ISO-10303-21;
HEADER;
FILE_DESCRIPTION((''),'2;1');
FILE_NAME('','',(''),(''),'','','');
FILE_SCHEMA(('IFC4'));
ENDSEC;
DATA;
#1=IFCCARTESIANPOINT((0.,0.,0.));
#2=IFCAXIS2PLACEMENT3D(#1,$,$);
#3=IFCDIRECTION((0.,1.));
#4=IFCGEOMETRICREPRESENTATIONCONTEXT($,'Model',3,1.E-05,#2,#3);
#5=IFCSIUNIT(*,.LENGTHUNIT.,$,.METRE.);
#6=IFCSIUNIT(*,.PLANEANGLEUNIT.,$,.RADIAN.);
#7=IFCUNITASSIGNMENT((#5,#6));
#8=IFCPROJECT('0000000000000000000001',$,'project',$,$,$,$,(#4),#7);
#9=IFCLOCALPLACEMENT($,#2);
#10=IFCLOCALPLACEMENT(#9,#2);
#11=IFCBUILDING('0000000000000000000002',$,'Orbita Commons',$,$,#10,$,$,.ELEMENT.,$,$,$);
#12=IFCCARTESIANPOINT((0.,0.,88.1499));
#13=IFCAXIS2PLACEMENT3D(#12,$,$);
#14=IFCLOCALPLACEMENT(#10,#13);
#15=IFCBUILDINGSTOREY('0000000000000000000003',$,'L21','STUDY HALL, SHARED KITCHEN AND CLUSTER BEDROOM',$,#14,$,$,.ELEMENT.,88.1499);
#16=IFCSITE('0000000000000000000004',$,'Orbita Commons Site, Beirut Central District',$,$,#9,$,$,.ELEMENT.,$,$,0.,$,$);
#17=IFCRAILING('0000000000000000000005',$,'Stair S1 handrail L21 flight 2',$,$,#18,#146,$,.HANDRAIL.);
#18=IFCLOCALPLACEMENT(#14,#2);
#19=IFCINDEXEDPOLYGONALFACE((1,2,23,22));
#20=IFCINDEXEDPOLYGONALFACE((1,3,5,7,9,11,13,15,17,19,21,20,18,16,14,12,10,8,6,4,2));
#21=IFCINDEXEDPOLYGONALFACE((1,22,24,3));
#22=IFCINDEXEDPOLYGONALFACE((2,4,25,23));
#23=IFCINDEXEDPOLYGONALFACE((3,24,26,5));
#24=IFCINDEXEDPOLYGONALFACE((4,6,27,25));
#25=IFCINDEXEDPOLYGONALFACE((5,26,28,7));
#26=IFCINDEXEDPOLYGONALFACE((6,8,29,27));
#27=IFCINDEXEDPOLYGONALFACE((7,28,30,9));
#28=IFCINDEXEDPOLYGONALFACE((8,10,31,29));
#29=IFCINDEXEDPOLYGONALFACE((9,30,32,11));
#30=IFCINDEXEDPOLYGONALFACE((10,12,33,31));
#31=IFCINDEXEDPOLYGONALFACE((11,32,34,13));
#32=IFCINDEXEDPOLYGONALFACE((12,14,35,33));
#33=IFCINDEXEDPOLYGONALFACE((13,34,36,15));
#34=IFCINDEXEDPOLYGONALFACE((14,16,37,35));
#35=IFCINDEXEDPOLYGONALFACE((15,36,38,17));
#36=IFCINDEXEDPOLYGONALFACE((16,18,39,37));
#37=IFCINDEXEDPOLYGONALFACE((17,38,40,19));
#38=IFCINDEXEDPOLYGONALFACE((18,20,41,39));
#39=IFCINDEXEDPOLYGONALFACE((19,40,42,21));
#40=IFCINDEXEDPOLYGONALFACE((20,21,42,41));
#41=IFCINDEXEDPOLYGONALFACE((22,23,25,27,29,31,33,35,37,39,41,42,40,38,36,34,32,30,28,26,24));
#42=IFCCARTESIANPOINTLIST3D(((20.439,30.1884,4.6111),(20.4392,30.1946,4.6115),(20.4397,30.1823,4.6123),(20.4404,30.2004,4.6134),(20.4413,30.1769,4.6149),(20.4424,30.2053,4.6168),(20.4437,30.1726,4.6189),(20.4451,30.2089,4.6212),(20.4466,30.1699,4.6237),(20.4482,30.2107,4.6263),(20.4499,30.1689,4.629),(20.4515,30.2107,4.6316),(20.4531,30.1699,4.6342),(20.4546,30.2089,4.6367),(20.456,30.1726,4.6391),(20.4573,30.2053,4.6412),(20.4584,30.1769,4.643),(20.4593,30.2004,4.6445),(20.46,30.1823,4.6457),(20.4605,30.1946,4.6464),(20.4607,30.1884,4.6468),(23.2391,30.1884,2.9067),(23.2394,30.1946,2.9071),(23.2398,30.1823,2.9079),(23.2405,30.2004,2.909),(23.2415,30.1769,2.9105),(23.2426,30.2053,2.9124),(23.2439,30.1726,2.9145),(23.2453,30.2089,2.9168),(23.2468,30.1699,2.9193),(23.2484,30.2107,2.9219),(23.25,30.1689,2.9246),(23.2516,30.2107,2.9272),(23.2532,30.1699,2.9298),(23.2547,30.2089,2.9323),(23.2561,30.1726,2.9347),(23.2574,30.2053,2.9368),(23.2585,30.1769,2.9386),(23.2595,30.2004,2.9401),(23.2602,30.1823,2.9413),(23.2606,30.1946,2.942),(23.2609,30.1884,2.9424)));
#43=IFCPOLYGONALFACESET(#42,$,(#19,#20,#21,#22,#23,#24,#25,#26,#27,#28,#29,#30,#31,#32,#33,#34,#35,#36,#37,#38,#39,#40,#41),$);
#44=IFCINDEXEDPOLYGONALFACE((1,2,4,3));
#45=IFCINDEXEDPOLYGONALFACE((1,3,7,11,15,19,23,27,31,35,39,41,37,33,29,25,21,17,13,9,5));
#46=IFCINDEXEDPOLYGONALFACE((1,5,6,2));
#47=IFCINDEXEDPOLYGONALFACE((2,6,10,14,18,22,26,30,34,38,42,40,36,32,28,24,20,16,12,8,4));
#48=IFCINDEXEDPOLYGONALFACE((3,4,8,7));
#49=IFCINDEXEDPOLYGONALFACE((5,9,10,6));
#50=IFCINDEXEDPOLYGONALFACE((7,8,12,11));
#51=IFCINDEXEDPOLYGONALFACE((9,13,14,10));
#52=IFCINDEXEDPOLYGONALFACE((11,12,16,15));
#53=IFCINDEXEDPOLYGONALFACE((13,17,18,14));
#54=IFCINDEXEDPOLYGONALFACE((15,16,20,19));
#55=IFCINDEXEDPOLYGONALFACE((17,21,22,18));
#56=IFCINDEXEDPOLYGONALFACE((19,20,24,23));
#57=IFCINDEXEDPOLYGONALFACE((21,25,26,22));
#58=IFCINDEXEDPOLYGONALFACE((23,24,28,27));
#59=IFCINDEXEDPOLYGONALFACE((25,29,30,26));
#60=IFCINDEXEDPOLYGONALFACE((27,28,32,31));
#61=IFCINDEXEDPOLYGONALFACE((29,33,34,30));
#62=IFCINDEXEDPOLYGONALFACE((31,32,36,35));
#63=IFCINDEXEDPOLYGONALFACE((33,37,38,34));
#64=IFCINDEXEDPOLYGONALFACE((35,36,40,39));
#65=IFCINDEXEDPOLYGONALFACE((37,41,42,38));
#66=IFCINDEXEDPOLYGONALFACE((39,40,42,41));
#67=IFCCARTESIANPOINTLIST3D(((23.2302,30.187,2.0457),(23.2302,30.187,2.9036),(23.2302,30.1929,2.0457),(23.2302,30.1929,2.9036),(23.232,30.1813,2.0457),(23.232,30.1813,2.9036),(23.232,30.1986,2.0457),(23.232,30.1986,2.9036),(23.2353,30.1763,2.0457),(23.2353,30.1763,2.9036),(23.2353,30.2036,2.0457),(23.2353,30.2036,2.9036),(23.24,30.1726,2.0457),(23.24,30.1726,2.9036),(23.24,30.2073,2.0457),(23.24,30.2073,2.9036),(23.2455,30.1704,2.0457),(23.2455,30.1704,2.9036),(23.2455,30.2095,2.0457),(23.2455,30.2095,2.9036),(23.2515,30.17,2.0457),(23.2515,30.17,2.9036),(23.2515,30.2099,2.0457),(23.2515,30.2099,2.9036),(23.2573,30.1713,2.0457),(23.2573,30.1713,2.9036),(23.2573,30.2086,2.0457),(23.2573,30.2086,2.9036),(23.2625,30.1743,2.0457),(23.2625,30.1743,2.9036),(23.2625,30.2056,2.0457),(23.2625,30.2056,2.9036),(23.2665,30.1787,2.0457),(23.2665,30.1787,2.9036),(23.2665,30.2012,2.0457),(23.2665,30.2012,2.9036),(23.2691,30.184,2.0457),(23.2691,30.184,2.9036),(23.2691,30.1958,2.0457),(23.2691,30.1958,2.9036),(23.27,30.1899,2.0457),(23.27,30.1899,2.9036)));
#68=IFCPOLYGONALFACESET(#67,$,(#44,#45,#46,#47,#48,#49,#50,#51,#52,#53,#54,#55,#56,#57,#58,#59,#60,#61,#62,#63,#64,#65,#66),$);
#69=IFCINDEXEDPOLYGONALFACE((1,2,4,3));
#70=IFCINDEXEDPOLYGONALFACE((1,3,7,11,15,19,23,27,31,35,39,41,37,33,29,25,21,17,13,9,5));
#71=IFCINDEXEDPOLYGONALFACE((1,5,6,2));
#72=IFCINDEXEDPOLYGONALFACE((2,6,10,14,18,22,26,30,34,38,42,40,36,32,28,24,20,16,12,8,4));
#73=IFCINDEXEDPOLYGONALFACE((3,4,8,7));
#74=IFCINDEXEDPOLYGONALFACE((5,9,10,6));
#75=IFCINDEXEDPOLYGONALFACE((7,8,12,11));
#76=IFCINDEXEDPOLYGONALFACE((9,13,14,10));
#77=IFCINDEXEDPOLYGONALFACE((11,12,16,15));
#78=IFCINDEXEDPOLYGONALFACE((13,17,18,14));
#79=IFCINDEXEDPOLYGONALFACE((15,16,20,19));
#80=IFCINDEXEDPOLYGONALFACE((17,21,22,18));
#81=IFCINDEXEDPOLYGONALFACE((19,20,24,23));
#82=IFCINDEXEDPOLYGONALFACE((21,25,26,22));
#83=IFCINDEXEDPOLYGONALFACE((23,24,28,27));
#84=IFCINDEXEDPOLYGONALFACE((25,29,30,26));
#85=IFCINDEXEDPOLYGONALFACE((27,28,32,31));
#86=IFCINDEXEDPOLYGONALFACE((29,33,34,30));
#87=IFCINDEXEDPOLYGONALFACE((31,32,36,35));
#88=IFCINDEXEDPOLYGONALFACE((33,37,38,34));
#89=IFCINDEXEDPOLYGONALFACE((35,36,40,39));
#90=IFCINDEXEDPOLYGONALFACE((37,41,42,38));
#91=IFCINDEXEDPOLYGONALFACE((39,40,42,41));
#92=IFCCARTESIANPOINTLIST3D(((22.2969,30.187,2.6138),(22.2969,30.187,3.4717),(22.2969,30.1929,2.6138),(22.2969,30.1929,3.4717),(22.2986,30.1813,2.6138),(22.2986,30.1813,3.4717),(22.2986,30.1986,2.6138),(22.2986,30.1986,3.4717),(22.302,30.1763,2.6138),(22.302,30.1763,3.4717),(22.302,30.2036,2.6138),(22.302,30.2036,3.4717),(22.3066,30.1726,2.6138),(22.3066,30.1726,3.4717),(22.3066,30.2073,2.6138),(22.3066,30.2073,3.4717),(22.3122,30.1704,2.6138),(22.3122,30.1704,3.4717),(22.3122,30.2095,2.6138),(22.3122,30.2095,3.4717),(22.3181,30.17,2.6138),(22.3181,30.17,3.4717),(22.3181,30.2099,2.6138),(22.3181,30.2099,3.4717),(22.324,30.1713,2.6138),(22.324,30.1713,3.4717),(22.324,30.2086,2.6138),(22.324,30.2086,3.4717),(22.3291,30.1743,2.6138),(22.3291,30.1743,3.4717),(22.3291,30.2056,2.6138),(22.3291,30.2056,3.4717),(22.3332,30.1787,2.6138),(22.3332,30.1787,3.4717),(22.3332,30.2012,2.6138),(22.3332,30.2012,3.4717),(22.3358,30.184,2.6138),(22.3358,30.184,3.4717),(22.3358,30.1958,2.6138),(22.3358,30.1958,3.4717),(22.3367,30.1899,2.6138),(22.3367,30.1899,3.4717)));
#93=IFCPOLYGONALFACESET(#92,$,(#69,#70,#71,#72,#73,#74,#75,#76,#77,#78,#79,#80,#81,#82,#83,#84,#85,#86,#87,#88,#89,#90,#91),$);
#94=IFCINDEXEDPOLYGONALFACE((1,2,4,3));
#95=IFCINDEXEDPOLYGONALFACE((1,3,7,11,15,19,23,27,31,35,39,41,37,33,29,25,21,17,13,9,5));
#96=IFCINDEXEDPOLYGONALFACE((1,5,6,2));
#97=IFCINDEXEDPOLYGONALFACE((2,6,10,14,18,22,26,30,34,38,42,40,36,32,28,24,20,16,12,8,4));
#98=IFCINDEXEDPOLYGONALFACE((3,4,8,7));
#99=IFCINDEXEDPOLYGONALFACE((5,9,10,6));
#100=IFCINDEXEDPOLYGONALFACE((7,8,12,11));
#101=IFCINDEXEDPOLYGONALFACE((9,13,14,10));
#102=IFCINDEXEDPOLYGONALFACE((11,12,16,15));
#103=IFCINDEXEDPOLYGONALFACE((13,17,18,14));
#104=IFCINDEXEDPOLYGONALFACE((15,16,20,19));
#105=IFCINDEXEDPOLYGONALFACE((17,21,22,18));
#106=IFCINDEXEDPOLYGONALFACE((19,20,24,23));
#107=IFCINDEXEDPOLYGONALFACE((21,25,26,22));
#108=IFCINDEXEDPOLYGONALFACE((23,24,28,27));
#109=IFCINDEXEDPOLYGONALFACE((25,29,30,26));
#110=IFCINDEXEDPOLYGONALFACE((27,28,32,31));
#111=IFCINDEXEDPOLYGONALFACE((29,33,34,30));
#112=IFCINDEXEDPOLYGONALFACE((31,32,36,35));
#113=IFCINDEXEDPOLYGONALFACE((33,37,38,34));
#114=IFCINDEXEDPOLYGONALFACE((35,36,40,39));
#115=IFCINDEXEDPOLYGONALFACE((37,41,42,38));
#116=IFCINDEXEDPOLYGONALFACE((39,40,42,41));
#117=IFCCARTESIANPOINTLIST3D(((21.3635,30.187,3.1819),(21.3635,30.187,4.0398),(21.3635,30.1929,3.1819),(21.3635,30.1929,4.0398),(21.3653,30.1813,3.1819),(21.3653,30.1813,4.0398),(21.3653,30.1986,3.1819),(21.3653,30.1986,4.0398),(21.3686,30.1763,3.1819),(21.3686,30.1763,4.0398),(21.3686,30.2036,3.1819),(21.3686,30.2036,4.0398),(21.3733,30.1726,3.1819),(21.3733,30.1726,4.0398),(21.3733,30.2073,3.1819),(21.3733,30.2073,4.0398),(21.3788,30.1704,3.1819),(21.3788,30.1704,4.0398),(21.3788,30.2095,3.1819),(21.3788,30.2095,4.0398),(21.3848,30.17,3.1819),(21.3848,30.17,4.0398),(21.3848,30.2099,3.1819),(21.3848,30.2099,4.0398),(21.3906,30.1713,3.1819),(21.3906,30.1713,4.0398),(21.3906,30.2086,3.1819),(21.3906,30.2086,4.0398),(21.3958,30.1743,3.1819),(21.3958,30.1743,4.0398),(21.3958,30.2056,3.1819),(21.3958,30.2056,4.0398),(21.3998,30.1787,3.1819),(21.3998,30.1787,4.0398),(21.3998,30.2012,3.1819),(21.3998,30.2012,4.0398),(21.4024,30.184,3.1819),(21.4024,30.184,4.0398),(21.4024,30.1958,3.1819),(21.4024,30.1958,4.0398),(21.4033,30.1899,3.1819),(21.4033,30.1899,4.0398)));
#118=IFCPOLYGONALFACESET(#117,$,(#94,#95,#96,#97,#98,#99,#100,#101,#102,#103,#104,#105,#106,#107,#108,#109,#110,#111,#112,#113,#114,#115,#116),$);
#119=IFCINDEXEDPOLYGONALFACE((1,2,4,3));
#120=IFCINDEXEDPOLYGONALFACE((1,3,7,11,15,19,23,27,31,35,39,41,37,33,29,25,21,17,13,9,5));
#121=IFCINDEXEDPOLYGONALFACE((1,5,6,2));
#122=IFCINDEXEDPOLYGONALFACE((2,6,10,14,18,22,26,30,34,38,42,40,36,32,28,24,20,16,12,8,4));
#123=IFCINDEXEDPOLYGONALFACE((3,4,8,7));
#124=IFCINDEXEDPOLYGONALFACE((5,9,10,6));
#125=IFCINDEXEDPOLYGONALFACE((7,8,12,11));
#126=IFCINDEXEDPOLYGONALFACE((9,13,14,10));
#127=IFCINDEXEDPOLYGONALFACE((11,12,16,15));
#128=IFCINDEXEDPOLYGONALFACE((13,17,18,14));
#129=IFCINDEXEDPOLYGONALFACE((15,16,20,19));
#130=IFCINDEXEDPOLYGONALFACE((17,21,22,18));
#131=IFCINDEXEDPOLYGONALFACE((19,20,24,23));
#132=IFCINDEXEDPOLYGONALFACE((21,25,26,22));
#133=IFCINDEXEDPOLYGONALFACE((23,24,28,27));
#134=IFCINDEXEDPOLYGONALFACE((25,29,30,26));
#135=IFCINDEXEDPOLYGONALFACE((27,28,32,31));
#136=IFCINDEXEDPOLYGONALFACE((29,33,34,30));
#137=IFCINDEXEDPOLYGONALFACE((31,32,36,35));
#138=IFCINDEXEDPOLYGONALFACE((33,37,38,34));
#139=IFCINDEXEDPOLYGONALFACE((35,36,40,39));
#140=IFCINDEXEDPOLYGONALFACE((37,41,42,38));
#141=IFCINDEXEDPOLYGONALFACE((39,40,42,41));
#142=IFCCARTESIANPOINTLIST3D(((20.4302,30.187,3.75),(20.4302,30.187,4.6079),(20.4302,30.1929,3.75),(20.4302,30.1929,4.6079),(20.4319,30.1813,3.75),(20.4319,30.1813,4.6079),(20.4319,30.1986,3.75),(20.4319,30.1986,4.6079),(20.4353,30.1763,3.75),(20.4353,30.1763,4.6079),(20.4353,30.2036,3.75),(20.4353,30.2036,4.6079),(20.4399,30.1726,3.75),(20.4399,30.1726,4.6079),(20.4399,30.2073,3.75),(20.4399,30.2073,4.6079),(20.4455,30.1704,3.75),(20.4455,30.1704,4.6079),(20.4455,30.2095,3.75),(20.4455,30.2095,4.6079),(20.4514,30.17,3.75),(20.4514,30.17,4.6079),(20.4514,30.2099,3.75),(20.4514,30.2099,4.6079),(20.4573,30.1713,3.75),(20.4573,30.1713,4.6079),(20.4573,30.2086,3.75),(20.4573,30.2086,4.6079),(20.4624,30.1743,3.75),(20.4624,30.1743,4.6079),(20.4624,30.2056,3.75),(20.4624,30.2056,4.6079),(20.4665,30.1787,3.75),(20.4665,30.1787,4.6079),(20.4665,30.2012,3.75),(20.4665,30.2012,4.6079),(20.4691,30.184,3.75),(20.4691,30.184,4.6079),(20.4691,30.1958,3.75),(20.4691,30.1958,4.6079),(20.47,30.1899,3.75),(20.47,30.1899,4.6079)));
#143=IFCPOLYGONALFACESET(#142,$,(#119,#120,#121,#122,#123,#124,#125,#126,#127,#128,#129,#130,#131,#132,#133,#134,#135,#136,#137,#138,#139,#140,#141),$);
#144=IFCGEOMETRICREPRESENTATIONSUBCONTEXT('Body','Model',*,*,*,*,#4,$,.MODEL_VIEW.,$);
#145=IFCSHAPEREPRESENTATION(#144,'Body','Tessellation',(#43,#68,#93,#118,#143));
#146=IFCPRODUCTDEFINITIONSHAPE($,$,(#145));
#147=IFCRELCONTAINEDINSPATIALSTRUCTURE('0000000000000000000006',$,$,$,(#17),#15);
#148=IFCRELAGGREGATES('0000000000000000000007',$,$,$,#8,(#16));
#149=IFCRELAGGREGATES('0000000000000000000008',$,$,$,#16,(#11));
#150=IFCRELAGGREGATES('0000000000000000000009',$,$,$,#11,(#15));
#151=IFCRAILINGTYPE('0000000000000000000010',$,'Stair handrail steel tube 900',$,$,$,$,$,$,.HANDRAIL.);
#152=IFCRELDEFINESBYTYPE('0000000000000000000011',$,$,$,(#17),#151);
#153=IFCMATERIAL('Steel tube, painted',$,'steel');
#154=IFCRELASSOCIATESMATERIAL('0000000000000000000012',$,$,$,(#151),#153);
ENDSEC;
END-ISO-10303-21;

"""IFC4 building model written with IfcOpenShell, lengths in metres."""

from ifc_helpers import new_model, si_unit, direction, frame, origin, origin_2d, place, context, subcontext, project, spatial, circle, extrude, material, type_object, element, save


model = new_model("IFC4")

# Units and contexts
model_context = context("Model", 3, precision=1e-05, world=origin(), true_north=direction((0.0, 1.0)))
body_context = subcontext(model_context, "Body", "Model", "MODEL_VIEW")
ifc_project = project(units=[si_unit("LENGTHUNIT", "METRE"), si_unit("PLANEANGLEUNIT", "RADIAN")], contexts=[model_context])

# Site, building, storey
site_placement = place(None, origin())
site = spatial("IfcSite", under=ifc_project, at=site_placement, Name="Orbita Commons Site, Beirut Central District", CompositionType="ELEMENT", RefElevation=0.0)
building_placement = place(site_placement, origin())
building = spatial("IfcBuilding", under=site, at=building_placement, Name="Orbita Commons", CompositionType="ELEMENT")
storey_placement = place(building_placement, frame((0.0, 0.0, 88.1499)))
storey = spatial("IfcBuildingStorey", under=building, at=storey_placement, Name="L21", Description="STUDY HALL, SHARED KITCHEN AND CLUSTER BEDROOM", CompositionType="ELEMENT", Elevation=88.1499)

# Railing
ifc_material = material(Name="Steel tube, painted", Category="steel")
railing_type = type_object("IfcRailingType", Name="Stair handrail steel tube 900", PredefinedType="HANDRAIL", material=ifc_material)
for number, where, name in (
    (1, (23.25, 30.1899, 2.0457), "Stair S1 handrail L21 flight 2"),
):
    element("IfcRailing", number, at=place(storey_placement, frame(where)), inside=storey, type_object=railing_type, Name=name, PredefinedType="HANDRAIL", context=body_context, shape_type="SweptSolid", body=[
        extrude(circle(Radius=0.021, at=origin_2d()), frame((0.0, 0.0, 0.8789), z_axis=(-0.854203, 0.0, 0.51994), x_axis=(0.0, -1.0, 0.0)), (0.0, 0.0, 1.0), 3.2781),
        extrude(circle(Radius=0.02, at=origin_2d()), origin(), (0.0, 0.0, 1.0), 0.8579),
        extrude(circle(Radius=0.02, at=origin_2d()), frame((-0.9333, 0.0, 0.5681)), (0.0, 0.0, 1.0), 0.8579),
        extrude(circle(Radius=0.02, at=origin_2d()), frame((-1.8667, 0.0, 1.1362)), (0.0, 0.0, 1.0), 0.8579),
        extrude(circle(Radius=0.02, at=origin_2d()), frame((-2.8, 0.0, 1.7043)), (0.0, 0.0, 1.0), 0.8579),
    ])

save(model, "model.ifc")
